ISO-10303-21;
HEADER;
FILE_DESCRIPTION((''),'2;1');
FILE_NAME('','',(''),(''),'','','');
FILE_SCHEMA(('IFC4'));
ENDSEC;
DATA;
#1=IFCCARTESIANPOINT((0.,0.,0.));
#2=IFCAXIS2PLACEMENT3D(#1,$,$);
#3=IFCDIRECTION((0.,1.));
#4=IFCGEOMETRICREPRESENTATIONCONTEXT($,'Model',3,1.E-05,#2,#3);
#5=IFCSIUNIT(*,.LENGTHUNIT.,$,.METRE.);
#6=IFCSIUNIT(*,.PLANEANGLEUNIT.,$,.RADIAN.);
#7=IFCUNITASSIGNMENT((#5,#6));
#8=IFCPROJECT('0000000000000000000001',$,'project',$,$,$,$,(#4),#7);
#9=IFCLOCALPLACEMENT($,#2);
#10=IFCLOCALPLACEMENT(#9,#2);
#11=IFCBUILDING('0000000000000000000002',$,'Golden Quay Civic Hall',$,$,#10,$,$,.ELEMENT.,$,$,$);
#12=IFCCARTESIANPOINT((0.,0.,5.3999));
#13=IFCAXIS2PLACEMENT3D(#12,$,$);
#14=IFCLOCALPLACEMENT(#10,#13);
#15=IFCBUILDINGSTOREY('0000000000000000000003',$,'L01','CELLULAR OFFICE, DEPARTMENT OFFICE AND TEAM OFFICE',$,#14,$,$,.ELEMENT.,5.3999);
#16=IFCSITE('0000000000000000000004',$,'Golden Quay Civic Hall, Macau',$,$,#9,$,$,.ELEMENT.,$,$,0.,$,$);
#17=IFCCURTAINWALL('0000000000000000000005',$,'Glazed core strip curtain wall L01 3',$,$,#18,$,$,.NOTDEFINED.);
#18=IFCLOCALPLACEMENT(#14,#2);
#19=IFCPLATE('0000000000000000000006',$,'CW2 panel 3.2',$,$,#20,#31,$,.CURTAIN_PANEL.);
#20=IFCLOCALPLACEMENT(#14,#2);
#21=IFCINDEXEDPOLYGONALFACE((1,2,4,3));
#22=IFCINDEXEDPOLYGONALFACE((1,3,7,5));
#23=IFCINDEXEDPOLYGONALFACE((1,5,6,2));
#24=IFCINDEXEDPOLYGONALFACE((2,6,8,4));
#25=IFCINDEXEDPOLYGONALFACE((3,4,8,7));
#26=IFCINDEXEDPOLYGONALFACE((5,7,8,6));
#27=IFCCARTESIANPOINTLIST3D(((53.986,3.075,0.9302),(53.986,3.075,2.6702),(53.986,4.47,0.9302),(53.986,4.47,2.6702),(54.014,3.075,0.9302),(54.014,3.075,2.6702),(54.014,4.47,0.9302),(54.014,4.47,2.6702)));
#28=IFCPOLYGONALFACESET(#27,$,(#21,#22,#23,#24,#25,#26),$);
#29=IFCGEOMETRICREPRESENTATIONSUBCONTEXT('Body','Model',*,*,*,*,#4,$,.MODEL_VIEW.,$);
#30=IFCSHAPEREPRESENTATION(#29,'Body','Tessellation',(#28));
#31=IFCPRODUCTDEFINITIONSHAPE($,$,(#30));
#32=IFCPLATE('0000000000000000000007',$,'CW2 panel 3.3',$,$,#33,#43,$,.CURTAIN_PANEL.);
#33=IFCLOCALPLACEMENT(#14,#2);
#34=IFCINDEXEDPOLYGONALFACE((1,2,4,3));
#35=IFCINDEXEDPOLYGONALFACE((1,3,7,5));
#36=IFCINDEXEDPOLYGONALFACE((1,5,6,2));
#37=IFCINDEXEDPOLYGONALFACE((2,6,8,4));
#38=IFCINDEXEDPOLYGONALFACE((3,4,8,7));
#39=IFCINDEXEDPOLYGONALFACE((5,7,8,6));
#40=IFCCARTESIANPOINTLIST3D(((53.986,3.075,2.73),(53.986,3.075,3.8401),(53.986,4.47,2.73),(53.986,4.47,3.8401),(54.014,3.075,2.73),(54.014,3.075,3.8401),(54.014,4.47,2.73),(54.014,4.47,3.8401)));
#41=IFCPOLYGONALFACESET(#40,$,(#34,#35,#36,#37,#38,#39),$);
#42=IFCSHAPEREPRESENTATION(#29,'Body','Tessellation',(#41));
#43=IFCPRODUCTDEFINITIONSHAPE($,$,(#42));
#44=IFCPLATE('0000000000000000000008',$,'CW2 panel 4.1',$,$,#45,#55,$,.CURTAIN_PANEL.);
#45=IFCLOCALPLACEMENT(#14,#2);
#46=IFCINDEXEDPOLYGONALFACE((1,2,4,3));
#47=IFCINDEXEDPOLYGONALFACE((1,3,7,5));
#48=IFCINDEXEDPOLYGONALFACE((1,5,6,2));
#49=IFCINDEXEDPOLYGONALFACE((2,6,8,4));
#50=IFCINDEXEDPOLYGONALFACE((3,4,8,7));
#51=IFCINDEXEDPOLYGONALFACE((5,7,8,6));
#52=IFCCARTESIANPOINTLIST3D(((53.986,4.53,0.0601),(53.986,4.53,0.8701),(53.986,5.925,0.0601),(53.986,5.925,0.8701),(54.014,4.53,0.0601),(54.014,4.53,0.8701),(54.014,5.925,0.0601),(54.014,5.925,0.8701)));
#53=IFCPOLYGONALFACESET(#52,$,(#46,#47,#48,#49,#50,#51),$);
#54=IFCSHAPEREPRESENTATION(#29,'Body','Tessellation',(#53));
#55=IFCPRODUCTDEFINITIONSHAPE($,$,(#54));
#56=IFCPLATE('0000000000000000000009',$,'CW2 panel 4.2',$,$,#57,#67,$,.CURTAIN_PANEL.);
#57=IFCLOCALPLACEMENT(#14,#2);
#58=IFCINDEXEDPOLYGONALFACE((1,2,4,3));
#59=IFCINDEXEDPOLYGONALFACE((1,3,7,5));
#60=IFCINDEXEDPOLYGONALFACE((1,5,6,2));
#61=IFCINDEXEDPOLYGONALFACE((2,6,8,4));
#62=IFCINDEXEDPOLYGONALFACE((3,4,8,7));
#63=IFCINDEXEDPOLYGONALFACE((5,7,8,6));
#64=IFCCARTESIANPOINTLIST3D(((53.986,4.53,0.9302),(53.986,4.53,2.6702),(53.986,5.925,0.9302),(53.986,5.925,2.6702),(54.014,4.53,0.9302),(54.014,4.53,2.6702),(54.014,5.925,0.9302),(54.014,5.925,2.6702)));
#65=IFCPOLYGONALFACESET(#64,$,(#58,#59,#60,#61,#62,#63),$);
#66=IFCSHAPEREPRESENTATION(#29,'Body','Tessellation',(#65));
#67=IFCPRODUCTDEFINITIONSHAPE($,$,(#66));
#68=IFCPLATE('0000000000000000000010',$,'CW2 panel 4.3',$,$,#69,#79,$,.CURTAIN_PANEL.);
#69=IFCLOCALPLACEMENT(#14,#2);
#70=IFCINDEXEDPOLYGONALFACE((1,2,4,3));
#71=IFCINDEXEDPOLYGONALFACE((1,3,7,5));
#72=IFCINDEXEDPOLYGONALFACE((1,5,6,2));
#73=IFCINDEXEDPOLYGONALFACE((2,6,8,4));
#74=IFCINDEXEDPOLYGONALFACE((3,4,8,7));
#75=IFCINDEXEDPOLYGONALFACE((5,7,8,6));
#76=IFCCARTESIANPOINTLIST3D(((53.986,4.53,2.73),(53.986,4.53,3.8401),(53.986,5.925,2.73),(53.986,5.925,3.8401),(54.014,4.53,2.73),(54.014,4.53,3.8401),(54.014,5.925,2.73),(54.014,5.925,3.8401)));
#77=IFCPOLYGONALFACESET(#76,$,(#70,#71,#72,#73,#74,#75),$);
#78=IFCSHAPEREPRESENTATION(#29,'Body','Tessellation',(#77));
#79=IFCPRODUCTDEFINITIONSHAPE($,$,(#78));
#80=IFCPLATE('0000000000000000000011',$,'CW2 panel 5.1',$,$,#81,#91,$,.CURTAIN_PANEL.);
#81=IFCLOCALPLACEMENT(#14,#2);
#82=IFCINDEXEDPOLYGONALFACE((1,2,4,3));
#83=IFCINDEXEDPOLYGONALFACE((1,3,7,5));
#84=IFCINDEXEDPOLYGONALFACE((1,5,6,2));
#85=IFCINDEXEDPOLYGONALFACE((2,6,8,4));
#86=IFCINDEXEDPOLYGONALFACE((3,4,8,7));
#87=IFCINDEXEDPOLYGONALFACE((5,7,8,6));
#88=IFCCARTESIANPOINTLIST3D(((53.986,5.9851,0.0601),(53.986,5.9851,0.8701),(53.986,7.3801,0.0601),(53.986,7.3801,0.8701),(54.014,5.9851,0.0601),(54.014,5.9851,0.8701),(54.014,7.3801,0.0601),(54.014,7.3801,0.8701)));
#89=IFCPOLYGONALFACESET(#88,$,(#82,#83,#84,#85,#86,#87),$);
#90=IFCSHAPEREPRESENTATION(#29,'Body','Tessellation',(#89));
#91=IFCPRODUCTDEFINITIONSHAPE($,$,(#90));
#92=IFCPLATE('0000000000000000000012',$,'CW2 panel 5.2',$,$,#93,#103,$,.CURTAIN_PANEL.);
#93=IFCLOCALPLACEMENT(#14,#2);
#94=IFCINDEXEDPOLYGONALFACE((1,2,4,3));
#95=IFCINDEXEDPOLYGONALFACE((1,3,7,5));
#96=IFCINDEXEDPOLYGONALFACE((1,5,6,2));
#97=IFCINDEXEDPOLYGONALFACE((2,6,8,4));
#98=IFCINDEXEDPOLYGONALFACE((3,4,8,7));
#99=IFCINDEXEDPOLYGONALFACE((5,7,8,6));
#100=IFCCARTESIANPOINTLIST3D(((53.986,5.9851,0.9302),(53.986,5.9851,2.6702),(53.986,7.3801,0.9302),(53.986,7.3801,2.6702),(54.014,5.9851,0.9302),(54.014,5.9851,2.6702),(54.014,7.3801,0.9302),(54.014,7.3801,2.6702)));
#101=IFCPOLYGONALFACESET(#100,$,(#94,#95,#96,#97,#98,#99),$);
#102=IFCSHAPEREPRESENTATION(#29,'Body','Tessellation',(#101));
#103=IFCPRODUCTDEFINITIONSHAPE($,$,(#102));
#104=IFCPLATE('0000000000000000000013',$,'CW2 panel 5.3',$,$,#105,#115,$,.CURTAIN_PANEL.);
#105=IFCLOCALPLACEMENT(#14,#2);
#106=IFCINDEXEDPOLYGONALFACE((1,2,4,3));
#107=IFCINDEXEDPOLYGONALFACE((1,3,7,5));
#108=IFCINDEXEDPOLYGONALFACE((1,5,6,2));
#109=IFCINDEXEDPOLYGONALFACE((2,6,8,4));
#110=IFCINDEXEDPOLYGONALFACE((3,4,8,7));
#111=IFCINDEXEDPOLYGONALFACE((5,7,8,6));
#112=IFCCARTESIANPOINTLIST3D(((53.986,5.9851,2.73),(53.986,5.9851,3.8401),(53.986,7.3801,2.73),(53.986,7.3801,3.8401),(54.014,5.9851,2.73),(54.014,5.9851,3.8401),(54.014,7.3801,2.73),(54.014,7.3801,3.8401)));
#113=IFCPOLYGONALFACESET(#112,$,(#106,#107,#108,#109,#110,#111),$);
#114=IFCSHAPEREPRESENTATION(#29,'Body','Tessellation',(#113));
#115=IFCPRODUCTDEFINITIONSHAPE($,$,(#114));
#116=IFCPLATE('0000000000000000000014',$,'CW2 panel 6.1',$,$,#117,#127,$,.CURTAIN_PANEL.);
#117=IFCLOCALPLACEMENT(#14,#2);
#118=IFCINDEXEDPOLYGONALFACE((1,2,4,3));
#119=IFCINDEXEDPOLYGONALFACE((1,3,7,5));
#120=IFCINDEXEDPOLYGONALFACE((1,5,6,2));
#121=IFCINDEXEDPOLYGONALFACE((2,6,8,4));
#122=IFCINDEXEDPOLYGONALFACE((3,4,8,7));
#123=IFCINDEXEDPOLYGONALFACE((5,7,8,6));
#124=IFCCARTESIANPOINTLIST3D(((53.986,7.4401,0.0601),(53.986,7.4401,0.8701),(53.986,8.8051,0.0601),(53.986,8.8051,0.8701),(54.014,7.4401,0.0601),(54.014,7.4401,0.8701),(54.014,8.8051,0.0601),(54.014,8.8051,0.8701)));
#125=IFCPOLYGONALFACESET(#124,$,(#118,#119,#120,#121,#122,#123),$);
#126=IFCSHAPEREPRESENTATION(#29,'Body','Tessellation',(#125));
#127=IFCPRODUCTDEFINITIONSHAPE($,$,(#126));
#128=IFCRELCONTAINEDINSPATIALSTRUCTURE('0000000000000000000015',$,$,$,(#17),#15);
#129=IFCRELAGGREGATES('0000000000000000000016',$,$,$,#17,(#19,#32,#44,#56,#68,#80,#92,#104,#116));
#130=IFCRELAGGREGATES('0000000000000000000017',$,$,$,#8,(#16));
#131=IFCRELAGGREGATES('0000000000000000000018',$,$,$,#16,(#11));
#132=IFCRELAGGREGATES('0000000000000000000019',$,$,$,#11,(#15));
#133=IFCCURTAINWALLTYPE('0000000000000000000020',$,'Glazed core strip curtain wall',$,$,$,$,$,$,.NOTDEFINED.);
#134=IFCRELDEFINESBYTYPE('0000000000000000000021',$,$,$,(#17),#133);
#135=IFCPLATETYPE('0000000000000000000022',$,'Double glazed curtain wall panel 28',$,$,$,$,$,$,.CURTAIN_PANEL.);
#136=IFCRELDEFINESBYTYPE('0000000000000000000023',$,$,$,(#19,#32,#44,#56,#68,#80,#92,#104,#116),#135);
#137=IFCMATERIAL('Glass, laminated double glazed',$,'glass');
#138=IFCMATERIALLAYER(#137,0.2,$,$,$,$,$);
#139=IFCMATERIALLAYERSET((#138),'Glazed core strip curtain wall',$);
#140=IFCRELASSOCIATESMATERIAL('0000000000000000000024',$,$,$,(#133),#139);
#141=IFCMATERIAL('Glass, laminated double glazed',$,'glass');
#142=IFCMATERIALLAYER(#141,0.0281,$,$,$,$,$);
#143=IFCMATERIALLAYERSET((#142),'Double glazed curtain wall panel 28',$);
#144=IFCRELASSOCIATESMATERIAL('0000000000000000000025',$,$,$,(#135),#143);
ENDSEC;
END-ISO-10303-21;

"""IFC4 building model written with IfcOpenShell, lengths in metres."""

from ifc_helpers import new_model, si_unit, direction, frame, origin, origin_2d, place, context, subcontext, project, spatial, rectangle, extrude, material, layer, layer_set, type_object, element, aggregate, save


model = new_model("IFC4")

# Units and contexts
model_context = context("Model", 3, precision=1e-05, world=origin(), true_north=direction((0.0, 1.0)))
body_context = subcontext(model_context, "Body", "Model", "MODEL_VIEW")
ifc_project = project(units=[si_unit("LENGTHUNIT", "METRE"), si_unit("PLANEANGLEUNIT", "RADIAN")], contexts=[model_context])

# Site, building, storey
site_placement = place(None, origin())
site = spatial("IfcSite", under=ifc_project, at=site_placement, Name="Golden Quay Civic Hall, Macau", CompositionType="ELEMENT", RefElevation=0.0)
building_placement = place(site_placement, origin())
building = spatial("IfcBuilding", under=site, at=building_placement, Name="Golden Quay Civic Hall", CompositionType="ELEMENT")
storey_placement = place(building_placement, frame((0.0, 0.0, 5.3999)))
storey = spatial("IfcBuildingStorey", under=building, at=storey_placement, Name="L01", Description="CELLULAR OFFICE, DEPARTMENT OFFICE AND TEAM OFFICE", CompositionType="ELEMENT", Elevation=5.3999)

# Curtain wall, plates
ifc_material_1 = material(Name="Glass, laminated double glazed", Category="glass")
ifc_layer_1 = layer(ifc_material_1, 0.2)
ifc_layer_set_1 = layer_set([ifc_layer_1], Name="Glazed core strip curtain wall")
curtain_wall_type = type_object("IfcCurtainWallType", Name="Glazed core strip curtain wall", PredefinedType="NOTDEFINED", material=ifc_layer_set_1)
curtain_wall_placement = place(storey_placement, origin())
curtain_wall = element("IfcCurtainWall", 1, at=curtain_wall_placement, inside=storey, type_object=curtain_wall_type, Name="Glazed core strip curtain wall L01 3", PredefinedType="NOTDEFINED")
ifc_material_2 = material(Name="Glass, laminated double glazed", Category="glass")
ifc_layer_2 = layer(ifc_material_2, 0.0281)
ifc_layer_set_2 = layer_set([ifc_layer_2], Name="Double glazed curtain wall panel 28")
plate_type = type_object("IfcPlateType", Name="Double glazed curtain wall panel 28", PredefinedType="CURTAIN_PANEL", material=ifc_layer_set_2)
plate_1_placement = place(storey_placement, frame((54.0, 3.7725, 0.9302), z_axis=(0.0, 0.0, 1.0), x_axis=(0.0, 1.0, 0.0)))
plate_1 = element("IfcPlate", 2, at=plate_1_placement, type_object=plate_type, Name="CW2 panel 3.2", PredefinedType="CURTAIN_PANEL", context=body_context, shape_type="SweptSolid", body=[
    extrude(rectangle(XDim=1.395, YDim=0.0281, at=origin_2d()), origin(), (0.0, 0.0, 1.0), 1.74),
])
plate_2_placement = place(storey_placement, frame((54.0, 3.7725, 2.73), z_axis=(0.0, 0.0, 1.0), x_axis=(0.0, 1.0, 0.0)))
plate_2 = element("IfcPlate", 3, at=plate_2_placement, type_object=plate_type, Name="CW2 panel 3.3", PredefinedType="CURTAIN_PANEL", context=body_context, shape_type="SweptSolid", body=[
    extrude(rectangle(XDim=1.395, YDim=0.0281, at=origin_2d()), origin(), (0.0, 0.0, 1.0), 1.1101),
])
plate_3_placement = place(storey_placement, frame((54.0, 5.2275, 0.0601), z_axis=(0.0, 0.0, 1.0), x_axis=(0.0, 1.0, 0.0)))
plate_3 = element("IfcPlate", 4, at=plate_3_placement, type_object=plate_type, Name="CW2 panel 4.1", PredefinedType="CURTAIN_PANEL", context=body_context, shape_type="SweptSolid", body=[
    extrude(rectangle(XDim=1.395, YDim=0.0281, at=origin_2d()), origin(), (0.0, 0.0, 1.0), 0.8101),
])
plate_4_placement = place(storey_placement, frame((54.0, 5.2275, 0.9302), z_axis=(0.0, 0.0, 1.0), x_axis=(0.0, 1.0, 0.0)))
plate_4 = element("IfcPlate", 5, at=plate_4_placement, type_object=plate_type, Name="CW2 panel 4.2", PredefinedType="CURTAIN_PANEL", context=body_context, shape_type="SweptSolid", body=[
    extrude(rectangle(XDim=1.395, YDim=0.0281, at=origin_2d()), origin(), (0.0, 0.0, 1.0), 1.74),
])
plate_5_placement = place(storey_placement, frame((54.0, 5.2275, 2.73), z_axis=(0.0, 0.0, 1.0), x_axis=(0.0, 1.0, 0.0)))
plate_5 = element("IfcPlate", 6, at=plate_5_placement, type_object=plate_type, Name="CW2 panel 4.3", PredefinedType="CURTAIN_PANEL", context=body_context, shape_type="SweptSolid", body=[
    extrude(rectangle(XDim=1.395, YDim=0.0281, at=origin_2d()), origin(), (0.0, 0.0, 1.0), 1.1101),
])
plate_6_placement = place(storey_placement, frame((54.0, 6.6826, 0.0601), z_axis=(0.0, 0.0, 1.0), x_axis=(0.0, 1.0, 0.0)))
plate_6 = element("IfcPlate", 7, at=plate_6_placement, type_object=plate_type, Name="CW2 panel 5.1", PredefinedType="CURTAIN_PANEL", context=body_context, shape_type="SweptSolid", body=[
    extrude(rectangle(XDim=1.395, YDim=0.0281, at=origin_2d()), origin(), (0.0, 0.0, 1.0), 0.8101),
])
plate_7_placement = place(storey_placement, frame((54.0, 6.6826, 0.9302), z_axis=(0.0, 0.0, 1.0), x_axis=(0.0, 1.0, 0.0)))
plate_7 = element("IfcPlate", 8, at=plate_7_placement, type_object=plate_type, Name="CW2 panel 5.2", PredefinedType="CURTAIN_PANEL", context=body_context, shape_type="SweptSolid", body=[
    extrude(rectangle(XDim=1.395, YDim=0.0281, at=origin_2d()), origin(), (0.0, 0.0, 1.0), 1.74),
])
plate_8_placement = place(storey_placement, frame((54.0, 6.6826, 2.73), z_axis=(0.0, 0.0, 1.0), x_axis=(0.0, 1.0, 0.0)))
plate_8 = element("IfcPlate", 9, at=plate_8_placement, type_object=plate_type, Name="CW2 panel 5.3", PredefinedType="CURTAIN_PANEL", context=body_context, shape_type="SweptSolid", body=[
    extrude(rectangle(XDim=1.395, YDim=0.0281, at=origin_2d()), origin(), (0.0, 0.0, 1.0), 1.1101),
])
plate_9_placement = place(storey_placement, frame((54.0, 8.1226, 0.0601), z_axis=(0.0, 0.0, 1.0), x_axis=(0.0, 1.0, 0.0)))
plate_9 = element("IfcPlate", 10, at=plate_9_placement, type_object=plate_type, Name="CW2 panel 6.1", PredefinedType="CURTAIN_PANEL", context=body_context, shape_type="SweptSolid", body=[
    extrude(rectangle(XDim=1.365, YDim=0.0281, at=origin_2d()), origin(), (0.0, 0.0, 1.0), 0.8101),
])
aggregate(curtain_wall, [plate_1, plate_2, plate_3, plate_4, plate_5, plate_6, plate_7, plate_8, plate_9])

save(model, "model.ifc")
